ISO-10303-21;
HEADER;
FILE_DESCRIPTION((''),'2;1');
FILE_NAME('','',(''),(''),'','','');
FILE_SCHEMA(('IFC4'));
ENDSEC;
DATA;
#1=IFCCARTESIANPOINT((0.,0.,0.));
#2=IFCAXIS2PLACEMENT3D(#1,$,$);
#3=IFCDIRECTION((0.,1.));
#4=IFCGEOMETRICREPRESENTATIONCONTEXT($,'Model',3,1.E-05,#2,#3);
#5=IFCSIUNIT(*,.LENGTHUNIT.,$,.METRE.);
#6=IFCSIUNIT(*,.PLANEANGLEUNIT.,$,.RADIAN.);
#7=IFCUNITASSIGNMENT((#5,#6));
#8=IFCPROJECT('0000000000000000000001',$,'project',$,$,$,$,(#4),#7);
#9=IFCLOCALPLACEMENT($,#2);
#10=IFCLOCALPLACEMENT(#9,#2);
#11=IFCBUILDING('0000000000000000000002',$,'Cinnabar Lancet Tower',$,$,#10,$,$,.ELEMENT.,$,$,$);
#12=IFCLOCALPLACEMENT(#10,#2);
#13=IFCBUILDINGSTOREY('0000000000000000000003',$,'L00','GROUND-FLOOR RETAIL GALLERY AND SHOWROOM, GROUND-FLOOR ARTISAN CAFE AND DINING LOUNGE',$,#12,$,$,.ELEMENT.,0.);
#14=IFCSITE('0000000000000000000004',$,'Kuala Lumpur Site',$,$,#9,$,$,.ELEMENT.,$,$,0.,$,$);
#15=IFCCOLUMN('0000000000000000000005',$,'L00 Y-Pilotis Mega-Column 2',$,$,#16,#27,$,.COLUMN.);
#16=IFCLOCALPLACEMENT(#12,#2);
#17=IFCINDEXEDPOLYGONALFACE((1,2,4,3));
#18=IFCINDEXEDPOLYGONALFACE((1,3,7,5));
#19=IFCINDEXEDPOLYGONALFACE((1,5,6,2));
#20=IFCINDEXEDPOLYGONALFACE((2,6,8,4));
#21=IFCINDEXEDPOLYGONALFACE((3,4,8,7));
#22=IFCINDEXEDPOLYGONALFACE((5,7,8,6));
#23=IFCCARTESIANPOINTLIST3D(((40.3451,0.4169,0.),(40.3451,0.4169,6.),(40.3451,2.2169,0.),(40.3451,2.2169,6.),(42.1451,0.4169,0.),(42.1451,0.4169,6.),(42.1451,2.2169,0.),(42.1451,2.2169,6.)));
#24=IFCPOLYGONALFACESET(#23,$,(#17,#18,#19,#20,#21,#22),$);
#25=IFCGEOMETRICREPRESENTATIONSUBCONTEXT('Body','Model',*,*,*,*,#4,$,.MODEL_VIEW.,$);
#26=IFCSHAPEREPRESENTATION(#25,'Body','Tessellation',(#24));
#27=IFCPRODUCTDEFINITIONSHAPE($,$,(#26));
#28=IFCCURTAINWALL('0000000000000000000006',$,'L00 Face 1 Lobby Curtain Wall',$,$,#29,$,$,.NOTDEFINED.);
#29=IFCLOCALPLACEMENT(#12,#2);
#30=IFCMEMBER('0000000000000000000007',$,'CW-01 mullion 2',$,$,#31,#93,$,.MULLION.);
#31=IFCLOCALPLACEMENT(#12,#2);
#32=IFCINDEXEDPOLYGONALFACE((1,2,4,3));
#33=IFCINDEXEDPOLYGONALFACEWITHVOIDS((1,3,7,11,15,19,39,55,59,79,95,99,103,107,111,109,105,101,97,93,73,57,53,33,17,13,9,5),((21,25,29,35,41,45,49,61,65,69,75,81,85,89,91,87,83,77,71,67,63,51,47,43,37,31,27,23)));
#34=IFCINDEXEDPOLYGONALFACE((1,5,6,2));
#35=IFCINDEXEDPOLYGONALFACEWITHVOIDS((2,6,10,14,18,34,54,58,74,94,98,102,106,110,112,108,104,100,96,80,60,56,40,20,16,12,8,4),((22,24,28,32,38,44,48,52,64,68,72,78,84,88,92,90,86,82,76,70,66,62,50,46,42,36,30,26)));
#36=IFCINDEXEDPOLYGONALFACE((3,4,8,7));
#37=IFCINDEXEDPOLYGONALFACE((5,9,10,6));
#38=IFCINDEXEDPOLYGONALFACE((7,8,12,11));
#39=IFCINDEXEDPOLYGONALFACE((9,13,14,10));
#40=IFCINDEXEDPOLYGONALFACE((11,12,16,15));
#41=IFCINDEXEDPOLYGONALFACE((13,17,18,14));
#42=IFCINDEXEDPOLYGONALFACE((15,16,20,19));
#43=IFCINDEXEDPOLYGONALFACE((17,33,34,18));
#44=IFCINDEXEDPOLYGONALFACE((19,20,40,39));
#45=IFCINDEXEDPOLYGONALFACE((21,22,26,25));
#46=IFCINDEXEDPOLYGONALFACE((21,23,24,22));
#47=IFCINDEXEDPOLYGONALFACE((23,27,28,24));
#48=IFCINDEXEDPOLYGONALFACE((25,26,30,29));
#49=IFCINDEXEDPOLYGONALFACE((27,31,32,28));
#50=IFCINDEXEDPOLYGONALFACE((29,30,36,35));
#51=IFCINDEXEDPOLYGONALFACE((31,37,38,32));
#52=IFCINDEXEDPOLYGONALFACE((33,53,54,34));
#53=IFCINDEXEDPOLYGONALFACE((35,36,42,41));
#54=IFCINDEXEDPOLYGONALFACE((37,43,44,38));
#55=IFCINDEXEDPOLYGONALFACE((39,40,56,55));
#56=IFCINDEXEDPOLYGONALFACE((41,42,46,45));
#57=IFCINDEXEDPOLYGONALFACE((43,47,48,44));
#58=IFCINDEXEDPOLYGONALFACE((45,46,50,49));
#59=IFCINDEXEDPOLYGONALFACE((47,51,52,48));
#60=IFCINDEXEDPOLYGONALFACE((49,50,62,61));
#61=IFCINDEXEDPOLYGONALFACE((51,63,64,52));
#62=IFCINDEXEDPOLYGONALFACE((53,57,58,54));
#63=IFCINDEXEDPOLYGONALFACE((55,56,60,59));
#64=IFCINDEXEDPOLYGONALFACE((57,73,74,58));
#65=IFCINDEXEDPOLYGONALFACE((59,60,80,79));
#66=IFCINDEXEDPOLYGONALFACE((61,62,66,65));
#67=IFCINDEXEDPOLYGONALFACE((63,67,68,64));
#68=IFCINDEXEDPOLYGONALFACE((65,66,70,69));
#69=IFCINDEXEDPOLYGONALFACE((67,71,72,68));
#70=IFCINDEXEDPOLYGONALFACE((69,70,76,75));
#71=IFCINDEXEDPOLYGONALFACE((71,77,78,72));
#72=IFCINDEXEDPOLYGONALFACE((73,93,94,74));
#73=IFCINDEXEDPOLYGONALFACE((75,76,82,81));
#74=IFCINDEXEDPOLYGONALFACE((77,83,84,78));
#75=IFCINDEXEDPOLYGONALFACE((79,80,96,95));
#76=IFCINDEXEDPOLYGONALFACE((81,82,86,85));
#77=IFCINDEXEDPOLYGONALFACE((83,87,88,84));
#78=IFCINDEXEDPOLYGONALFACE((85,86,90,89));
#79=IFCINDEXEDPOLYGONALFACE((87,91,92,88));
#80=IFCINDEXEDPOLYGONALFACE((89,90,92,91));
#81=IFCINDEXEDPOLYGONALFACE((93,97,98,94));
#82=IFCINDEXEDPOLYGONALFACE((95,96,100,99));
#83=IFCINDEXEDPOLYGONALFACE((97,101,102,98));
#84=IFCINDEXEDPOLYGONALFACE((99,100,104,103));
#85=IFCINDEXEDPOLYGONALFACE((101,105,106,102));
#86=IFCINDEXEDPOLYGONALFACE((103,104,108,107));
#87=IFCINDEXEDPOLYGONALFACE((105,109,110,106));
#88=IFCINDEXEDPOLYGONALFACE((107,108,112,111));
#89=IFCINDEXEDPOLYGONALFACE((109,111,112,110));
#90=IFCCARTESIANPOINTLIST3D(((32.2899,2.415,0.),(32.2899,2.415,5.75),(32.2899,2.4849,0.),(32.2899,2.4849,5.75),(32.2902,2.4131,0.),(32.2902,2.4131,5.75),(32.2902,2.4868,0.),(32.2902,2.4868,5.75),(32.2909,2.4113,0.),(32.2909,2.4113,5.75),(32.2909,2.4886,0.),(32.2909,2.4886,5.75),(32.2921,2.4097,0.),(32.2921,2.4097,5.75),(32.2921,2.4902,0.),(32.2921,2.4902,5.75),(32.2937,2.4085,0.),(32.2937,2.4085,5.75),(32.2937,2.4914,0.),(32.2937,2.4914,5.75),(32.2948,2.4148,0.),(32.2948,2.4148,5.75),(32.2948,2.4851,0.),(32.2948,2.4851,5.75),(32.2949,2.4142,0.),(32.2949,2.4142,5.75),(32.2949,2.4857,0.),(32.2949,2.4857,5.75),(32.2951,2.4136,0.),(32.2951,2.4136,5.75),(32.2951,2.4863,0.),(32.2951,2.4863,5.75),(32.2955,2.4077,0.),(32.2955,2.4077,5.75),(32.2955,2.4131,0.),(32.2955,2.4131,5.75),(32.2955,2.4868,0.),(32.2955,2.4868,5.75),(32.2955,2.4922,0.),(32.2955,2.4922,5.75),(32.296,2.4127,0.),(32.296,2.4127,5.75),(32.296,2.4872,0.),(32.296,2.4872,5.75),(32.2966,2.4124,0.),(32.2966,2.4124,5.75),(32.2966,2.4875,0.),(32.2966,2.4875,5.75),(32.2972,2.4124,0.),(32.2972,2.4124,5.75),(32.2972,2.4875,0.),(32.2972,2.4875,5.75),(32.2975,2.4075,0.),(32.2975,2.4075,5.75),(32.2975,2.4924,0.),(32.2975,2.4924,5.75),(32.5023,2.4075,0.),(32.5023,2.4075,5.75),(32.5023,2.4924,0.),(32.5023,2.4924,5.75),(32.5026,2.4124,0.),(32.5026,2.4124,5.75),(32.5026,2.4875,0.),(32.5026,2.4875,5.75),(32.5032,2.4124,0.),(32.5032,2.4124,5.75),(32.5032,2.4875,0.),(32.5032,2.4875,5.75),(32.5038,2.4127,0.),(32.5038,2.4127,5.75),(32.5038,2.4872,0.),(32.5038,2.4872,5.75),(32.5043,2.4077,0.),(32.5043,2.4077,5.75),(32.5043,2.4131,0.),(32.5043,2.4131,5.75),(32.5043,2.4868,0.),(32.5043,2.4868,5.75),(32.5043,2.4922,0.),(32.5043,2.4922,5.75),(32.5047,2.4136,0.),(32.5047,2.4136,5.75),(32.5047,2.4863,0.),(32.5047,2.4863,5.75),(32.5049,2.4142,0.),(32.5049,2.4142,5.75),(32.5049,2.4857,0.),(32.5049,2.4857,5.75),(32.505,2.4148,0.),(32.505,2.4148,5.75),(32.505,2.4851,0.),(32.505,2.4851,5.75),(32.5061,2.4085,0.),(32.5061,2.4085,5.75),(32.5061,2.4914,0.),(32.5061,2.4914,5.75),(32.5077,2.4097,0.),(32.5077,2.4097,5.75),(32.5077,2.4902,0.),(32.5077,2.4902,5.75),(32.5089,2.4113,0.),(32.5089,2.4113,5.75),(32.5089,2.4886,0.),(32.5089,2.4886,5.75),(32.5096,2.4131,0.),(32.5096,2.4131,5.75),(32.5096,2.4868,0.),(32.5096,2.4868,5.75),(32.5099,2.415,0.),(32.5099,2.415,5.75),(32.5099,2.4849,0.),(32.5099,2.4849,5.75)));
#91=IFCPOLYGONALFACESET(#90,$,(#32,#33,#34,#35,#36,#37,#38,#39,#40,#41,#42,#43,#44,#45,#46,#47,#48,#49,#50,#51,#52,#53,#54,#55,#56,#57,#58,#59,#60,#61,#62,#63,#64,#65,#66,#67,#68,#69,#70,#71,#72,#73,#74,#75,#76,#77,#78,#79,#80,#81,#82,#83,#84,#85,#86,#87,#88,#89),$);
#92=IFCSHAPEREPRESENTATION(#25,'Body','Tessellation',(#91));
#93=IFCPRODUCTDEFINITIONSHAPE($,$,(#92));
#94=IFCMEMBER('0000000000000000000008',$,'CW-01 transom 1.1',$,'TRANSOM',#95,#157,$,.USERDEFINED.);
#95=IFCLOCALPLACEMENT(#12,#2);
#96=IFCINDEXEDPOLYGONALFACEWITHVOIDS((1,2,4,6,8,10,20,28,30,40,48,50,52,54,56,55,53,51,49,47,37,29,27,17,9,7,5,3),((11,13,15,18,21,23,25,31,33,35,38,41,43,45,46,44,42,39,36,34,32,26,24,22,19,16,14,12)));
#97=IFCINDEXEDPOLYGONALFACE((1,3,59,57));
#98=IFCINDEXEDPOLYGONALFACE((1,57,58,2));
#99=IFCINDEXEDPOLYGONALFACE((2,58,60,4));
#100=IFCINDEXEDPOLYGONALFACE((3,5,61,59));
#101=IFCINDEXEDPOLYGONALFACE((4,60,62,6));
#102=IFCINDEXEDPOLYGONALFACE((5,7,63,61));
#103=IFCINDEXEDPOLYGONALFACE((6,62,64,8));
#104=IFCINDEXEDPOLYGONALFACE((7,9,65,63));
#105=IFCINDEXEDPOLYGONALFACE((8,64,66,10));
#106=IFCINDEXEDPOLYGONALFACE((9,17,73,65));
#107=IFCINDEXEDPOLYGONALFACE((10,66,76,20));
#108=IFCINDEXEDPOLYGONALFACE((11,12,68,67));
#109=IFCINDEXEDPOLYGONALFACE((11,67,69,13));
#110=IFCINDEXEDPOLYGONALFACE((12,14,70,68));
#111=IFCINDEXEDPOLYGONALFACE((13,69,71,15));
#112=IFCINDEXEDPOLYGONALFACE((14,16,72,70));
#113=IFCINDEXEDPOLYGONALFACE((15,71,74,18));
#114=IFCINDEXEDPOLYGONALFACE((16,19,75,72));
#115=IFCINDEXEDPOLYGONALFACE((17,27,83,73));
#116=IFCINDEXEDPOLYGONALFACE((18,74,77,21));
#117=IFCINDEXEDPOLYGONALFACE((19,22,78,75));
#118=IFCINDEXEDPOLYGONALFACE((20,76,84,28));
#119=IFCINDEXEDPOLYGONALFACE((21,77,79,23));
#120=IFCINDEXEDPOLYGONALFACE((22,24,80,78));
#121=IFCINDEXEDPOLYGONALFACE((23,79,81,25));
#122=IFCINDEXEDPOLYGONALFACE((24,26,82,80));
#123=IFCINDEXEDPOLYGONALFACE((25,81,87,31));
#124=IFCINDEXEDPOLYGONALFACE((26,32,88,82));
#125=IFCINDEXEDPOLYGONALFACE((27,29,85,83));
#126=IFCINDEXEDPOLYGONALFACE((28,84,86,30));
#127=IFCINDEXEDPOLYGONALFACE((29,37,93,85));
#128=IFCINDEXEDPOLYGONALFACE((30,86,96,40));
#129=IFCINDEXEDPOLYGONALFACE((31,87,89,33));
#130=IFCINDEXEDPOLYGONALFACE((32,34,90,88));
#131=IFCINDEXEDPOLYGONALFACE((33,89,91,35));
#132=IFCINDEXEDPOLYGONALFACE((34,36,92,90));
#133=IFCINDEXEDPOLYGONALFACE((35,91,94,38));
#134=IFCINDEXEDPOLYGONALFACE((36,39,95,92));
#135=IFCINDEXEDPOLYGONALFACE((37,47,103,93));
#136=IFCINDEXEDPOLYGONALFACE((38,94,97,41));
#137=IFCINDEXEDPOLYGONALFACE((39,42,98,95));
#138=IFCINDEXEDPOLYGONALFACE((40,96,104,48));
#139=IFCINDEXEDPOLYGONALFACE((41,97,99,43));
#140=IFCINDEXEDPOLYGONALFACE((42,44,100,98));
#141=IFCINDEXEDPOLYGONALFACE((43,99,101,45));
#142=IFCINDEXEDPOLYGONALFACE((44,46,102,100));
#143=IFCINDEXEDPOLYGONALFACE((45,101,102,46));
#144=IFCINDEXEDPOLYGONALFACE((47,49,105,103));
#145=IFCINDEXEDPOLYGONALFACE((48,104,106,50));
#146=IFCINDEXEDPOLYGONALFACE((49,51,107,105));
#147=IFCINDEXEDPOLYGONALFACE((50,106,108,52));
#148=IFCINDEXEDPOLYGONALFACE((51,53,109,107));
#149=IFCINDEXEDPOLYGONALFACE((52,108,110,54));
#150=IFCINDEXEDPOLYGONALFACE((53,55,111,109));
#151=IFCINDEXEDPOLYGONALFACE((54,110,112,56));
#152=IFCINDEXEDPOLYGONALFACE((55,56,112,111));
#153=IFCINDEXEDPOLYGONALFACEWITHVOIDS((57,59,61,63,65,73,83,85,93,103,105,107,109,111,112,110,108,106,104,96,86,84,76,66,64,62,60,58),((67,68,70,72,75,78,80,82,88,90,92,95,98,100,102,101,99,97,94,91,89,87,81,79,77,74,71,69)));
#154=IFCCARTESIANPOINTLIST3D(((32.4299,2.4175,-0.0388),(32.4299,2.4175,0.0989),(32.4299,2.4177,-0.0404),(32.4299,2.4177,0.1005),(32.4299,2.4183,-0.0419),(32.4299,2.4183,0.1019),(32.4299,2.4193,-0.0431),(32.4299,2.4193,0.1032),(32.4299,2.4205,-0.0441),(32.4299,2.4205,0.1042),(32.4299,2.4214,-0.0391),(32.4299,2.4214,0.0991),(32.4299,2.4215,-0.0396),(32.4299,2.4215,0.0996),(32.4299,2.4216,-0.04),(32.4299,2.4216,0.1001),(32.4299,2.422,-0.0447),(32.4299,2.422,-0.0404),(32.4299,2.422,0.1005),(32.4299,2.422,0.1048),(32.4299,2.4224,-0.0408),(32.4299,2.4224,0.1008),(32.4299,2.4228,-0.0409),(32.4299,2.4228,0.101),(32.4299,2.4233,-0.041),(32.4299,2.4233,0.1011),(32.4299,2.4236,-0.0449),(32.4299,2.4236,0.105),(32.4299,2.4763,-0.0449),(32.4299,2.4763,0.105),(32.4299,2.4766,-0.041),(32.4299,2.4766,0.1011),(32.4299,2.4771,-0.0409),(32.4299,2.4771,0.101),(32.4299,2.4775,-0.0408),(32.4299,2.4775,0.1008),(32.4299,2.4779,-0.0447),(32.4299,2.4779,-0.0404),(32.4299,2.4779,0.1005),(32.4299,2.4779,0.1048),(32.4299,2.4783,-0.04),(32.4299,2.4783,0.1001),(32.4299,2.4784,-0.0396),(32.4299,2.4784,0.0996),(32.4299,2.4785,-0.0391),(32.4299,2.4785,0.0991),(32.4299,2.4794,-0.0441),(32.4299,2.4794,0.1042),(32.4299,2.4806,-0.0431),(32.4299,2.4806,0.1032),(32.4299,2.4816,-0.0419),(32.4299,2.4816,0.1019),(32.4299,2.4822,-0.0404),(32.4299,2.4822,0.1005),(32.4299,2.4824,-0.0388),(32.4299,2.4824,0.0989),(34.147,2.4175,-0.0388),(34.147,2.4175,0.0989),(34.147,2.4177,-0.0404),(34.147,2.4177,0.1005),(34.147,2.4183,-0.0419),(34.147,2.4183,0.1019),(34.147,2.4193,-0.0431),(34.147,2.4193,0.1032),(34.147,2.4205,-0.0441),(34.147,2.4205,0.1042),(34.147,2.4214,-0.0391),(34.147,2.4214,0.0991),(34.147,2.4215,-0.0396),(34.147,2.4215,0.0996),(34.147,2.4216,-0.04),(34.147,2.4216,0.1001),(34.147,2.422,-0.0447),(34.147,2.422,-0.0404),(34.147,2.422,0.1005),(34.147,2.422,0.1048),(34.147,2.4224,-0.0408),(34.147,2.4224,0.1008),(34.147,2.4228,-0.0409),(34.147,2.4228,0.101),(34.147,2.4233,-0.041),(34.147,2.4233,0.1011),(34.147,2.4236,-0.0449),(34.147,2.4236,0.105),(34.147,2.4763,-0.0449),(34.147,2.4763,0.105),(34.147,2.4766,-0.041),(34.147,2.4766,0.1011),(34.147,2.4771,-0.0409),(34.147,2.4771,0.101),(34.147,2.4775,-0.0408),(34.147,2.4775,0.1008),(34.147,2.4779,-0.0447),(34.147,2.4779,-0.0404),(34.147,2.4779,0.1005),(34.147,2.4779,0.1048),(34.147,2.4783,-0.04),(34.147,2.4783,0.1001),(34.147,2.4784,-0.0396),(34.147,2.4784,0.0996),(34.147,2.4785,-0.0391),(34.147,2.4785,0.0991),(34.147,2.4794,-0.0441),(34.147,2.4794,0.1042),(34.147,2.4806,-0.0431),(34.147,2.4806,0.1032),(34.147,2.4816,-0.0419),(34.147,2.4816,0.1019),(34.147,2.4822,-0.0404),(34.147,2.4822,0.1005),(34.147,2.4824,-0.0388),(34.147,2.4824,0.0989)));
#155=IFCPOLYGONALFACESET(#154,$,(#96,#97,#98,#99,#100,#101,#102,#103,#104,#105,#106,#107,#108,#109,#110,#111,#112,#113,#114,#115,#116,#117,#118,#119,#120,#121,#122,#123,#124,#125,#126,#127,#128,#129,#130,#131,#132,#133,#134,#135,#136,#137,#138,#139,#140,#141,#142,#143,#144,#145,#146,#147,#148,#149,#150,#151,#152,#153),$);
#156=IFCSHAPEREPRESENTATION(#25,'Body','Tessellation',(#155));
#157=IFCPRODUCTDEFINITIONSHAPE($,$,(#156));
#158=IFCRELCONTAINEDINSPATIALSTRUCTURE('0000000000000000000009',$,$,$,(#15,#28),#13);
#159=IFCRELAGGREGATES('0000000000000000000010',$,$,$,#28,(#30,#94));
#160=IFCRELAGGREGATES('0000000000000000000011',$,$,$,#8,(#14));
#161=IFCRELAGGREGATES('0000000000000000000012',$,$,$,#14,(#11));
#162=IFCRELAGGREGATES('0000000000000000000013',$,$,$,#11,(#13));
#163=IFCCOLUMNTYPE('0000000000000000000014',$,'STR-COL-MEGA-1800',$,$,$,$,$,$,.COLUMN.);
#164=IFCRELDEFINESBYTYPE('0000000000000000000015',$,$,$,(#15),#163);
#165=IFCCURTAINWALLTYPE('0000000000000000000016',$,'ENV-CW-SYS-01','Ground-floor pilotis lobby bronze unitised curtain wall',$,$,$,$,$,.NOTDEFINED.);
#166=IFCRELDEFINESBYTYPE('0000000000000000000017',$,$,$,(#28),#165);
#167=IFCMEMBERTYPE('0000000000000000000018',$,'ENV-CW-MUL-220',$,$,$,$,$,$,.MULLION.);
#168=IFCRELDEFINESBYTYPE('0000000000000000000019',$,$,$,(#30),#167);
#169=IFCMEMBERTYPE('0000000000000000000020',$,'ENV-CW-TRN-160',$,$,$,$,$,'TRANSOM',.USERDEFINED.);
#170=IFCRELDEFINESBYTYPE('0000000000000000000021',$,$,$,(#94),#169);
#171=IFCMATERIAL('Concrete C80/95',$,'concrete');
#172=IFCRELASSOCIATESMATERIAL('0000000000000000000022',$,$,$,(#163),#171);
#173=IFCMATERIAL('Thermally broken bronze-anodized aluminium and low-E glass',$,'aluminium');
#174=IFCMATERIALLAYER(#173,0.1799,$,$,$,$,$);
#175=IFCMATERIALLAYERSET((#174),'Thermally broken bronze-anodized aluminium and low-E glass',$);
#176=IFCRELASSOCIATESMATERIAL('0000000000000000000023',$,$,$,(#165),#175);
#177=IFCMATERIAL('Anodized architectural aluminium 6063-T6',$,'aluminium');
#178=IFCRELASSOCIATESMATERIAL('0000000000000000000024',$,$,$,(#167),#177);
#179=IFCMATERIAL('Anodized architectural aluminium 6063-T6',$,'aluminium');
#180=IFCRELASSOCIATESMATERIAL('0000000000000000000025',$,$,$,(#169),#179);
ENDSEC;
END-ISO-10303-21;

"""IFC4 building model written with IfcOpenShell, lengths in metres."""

from ifc_helpers import new_model, si_unit, direction, frame, origin, origin_2d, place, context, subcontext, project, spatial, rectangle, hollow_rectangle, extrude, material, layer, layer_set, material_profile, profile_set, type_object, element, aggregate, save


model = new_model("IFC4")

# Units and contexts
model_context = context("Model", 3, precision=1e-05, world=origin(), true_north=direction((0.0, 1.0)))
body_context = subcontext(model_context, "Body", "Model", "MODEL_VIEW")
ifc_project = project(units=[si_unit("LENGTHUNIT", "METRE"), si_unit("PLANEANGLEUNIT", "RADIAN")], contexts=[model_context])

# Site, building, storey
site_placement = place(None, origin())
site = spatial("IfcSite", under=ifc_project, at=site_placement, Name="Kuala Lumpur Site", CompositionType="ELEMENT", RefElevation=0.0)
building_placement = place(site_placement, origin())
building = spatial("IfcBuilding", under=site, at=building_placement, Name="Cinnabar Lancet Tower", CompositionType="ELEMENT")
storey_placement = place(building_placement, origin())
storey = spatial("IfcBuildingStorey", under=building, at=storey_placement, Name="L00", Description="GROUND-FLOOR RETAIL GALLERY AND SHOWROOM, GROUND-FLOOR ARTISAN CAFE AND DINING LOUNGE", CompositionType="ELEMENT", Elevation=0.0)

# Column
ifc_material_1 = material(Name="Concrete C80/95", Category="concrete")
ifc_material_profile_1 = material_profile(ifc_material_1, rectangle(XDim=1.8, YDim=1.8, at=origin_2d()), Name="RC-MEGA 1800x1800")
ifc_profile_set_1 = profile_set([ifc_material_profile_1], Name="Concrete C80/95")
column_type = type_object("IfcColumnType", Name="STR-COL-MEGA-1800", PredefinedType="COLUMN", material=ifc_profile_set_1)
column_placement = place(storey_placement, frame((41.2451, 1.3169, 0.0), z_axis=(0.0, 0.0, 1.0), x_axis=(1.0, 0.0, 0.0)))
element("IfcColumn", 1, at=column_placement, inside=storey, type_object=column_type, Name="L00 Y-Pilotis Mega-Column 2", PredefinedType="COLUMN", context=body_context, shape_type="SweptSolid", body=[
    extrude(rectangle(XDim=1.8, YDim=1.8, at=origin_2d()), origin(), (0.0, 0.0, 1.0), 6.0),
])

# Curtain wall, members
ifc_material_2 = material(Name="Thermally broken bronze-anodized aluminium and low-E glass", Category="aluminium")
ifc_layer_1 = layer(ifc_material_2, 0.1799)
ifc_layer_set_1 = layer_set([ifc_layer_1], Name="Thermally broken bronze-anodized aluminium and low-E glass")
curtain_wall_type = type_object("IfcCurtainWallType", Name="ENV-CW-SYS-01", Description="Ground-floor pilotis lobby bronze unitised curtain wall", PredefinedType="NOTDEFINED", material=ifc_layer_set_1)
curtain_wall_placement = place(storey_placement, origin())
curtain_wall = element("IfcCurtainWall", 2, at=curtain_wall_placement, inside=storey, type_object=curtain_wall_type, Name="L00 Face 1 Lobby Curtain Wall", PredefinedType="NOTDEFINED")
ifc_material_3 = material(Name="Anodized architectural aluminium 6063-T6", Category="aluminium")
ifc_material_profile_2 = material_profile(ifc_material_3, hollow_rectangle(XDim=0.085, YDim=0.22, WallThickness=0.0049, InnerFilletRadius=0.0024, OuterFilletRadius=0.0076, at=origin_2d()), Name="CW-MUL 220x85x5")
ifc_profile_set_2 = profile_set([ifc_material_profile_2], Name="Anodized architectural aluminium 6063-T6")
member_type_1 = type_object("IfcMemberType", Name="ENV-CW-MUL-220", PredefinedType="MULLION", material=ifc_profile_set_2)
member_1_placement = place(storey_placement, frame((32.3999, 2.45, 0.0), z_axis=(0.0, 0.0, 1.0), x_axis=(0.0, -1.0, 0.0)))
member_1 = element("IfcMember", 3, at=member_1_placement, type_object=member_type_1, Name="CW-01 mullion 2", PredefinedType="MULLION", context=body_context, shape_type="SweptSolid", body=[
    extrude(hollow_rectangle(XDim=0.085, YDim=0.22, WallThickness=0.0049, InnerFilletRadius=0.0024, OuterFilletRadius=0.0076, at=origin_2d()), origin(), (0.0, 0.0, 1.0), 5.75),
])
ifc_material_4 = material(Name="Anodized architectural aluminium 6063-T6", Category="aluminium")
ifc_material_profile_3 = material_profile(ifc_material_4, hollow_rectangle(XDim=0.0649, YDim=0.1499, WallThickness=0.0039, InnerFilletRadius=0.002, OuterFilletRadius=0.0061, at=origin_2d()), Name="CW-TRN 150x65x4")
ifc_profile_set_3 = profile_set([ifc_material_profile_3], Name="Anodized architectural aluminium 6063-T6")
member_type_2 = type_object("IfcMemberType", Name="ENV-CW-TRN-160", ElementType="TRANSOM", PredefinedType="USERDEFINED", material=ifc_profile_set_3)
member_2_placement = place(storey_placement, frame((34.147, 2.45, 0.03), z_axis=(-1.0, 0.0, 0.0), x_axis=(0.0, -1.0, 0.0)))
member_2 = element("IfcMember", 4, at=member_2_placement, type_object=member_type_2, Name="CW-01 transom 1.1", ObjectType="TRANSOM", PredefinedType="USERDEFINED", context=body_context, shape_type="SweptSolid", body=[
    extrude(hollow_rectangle(XDim=0.0649, YDim=0.1499, WallThickness=0.0039, InnerFilletRadius=0.002, OuterFilletRadius=0.0061, at=origin_2d()), origin(), (0.0, 0.0, 1.0), 1.717),
])

aggregate(curtain_wall, [member_1, member_2])

save(model, "model.ifc")
